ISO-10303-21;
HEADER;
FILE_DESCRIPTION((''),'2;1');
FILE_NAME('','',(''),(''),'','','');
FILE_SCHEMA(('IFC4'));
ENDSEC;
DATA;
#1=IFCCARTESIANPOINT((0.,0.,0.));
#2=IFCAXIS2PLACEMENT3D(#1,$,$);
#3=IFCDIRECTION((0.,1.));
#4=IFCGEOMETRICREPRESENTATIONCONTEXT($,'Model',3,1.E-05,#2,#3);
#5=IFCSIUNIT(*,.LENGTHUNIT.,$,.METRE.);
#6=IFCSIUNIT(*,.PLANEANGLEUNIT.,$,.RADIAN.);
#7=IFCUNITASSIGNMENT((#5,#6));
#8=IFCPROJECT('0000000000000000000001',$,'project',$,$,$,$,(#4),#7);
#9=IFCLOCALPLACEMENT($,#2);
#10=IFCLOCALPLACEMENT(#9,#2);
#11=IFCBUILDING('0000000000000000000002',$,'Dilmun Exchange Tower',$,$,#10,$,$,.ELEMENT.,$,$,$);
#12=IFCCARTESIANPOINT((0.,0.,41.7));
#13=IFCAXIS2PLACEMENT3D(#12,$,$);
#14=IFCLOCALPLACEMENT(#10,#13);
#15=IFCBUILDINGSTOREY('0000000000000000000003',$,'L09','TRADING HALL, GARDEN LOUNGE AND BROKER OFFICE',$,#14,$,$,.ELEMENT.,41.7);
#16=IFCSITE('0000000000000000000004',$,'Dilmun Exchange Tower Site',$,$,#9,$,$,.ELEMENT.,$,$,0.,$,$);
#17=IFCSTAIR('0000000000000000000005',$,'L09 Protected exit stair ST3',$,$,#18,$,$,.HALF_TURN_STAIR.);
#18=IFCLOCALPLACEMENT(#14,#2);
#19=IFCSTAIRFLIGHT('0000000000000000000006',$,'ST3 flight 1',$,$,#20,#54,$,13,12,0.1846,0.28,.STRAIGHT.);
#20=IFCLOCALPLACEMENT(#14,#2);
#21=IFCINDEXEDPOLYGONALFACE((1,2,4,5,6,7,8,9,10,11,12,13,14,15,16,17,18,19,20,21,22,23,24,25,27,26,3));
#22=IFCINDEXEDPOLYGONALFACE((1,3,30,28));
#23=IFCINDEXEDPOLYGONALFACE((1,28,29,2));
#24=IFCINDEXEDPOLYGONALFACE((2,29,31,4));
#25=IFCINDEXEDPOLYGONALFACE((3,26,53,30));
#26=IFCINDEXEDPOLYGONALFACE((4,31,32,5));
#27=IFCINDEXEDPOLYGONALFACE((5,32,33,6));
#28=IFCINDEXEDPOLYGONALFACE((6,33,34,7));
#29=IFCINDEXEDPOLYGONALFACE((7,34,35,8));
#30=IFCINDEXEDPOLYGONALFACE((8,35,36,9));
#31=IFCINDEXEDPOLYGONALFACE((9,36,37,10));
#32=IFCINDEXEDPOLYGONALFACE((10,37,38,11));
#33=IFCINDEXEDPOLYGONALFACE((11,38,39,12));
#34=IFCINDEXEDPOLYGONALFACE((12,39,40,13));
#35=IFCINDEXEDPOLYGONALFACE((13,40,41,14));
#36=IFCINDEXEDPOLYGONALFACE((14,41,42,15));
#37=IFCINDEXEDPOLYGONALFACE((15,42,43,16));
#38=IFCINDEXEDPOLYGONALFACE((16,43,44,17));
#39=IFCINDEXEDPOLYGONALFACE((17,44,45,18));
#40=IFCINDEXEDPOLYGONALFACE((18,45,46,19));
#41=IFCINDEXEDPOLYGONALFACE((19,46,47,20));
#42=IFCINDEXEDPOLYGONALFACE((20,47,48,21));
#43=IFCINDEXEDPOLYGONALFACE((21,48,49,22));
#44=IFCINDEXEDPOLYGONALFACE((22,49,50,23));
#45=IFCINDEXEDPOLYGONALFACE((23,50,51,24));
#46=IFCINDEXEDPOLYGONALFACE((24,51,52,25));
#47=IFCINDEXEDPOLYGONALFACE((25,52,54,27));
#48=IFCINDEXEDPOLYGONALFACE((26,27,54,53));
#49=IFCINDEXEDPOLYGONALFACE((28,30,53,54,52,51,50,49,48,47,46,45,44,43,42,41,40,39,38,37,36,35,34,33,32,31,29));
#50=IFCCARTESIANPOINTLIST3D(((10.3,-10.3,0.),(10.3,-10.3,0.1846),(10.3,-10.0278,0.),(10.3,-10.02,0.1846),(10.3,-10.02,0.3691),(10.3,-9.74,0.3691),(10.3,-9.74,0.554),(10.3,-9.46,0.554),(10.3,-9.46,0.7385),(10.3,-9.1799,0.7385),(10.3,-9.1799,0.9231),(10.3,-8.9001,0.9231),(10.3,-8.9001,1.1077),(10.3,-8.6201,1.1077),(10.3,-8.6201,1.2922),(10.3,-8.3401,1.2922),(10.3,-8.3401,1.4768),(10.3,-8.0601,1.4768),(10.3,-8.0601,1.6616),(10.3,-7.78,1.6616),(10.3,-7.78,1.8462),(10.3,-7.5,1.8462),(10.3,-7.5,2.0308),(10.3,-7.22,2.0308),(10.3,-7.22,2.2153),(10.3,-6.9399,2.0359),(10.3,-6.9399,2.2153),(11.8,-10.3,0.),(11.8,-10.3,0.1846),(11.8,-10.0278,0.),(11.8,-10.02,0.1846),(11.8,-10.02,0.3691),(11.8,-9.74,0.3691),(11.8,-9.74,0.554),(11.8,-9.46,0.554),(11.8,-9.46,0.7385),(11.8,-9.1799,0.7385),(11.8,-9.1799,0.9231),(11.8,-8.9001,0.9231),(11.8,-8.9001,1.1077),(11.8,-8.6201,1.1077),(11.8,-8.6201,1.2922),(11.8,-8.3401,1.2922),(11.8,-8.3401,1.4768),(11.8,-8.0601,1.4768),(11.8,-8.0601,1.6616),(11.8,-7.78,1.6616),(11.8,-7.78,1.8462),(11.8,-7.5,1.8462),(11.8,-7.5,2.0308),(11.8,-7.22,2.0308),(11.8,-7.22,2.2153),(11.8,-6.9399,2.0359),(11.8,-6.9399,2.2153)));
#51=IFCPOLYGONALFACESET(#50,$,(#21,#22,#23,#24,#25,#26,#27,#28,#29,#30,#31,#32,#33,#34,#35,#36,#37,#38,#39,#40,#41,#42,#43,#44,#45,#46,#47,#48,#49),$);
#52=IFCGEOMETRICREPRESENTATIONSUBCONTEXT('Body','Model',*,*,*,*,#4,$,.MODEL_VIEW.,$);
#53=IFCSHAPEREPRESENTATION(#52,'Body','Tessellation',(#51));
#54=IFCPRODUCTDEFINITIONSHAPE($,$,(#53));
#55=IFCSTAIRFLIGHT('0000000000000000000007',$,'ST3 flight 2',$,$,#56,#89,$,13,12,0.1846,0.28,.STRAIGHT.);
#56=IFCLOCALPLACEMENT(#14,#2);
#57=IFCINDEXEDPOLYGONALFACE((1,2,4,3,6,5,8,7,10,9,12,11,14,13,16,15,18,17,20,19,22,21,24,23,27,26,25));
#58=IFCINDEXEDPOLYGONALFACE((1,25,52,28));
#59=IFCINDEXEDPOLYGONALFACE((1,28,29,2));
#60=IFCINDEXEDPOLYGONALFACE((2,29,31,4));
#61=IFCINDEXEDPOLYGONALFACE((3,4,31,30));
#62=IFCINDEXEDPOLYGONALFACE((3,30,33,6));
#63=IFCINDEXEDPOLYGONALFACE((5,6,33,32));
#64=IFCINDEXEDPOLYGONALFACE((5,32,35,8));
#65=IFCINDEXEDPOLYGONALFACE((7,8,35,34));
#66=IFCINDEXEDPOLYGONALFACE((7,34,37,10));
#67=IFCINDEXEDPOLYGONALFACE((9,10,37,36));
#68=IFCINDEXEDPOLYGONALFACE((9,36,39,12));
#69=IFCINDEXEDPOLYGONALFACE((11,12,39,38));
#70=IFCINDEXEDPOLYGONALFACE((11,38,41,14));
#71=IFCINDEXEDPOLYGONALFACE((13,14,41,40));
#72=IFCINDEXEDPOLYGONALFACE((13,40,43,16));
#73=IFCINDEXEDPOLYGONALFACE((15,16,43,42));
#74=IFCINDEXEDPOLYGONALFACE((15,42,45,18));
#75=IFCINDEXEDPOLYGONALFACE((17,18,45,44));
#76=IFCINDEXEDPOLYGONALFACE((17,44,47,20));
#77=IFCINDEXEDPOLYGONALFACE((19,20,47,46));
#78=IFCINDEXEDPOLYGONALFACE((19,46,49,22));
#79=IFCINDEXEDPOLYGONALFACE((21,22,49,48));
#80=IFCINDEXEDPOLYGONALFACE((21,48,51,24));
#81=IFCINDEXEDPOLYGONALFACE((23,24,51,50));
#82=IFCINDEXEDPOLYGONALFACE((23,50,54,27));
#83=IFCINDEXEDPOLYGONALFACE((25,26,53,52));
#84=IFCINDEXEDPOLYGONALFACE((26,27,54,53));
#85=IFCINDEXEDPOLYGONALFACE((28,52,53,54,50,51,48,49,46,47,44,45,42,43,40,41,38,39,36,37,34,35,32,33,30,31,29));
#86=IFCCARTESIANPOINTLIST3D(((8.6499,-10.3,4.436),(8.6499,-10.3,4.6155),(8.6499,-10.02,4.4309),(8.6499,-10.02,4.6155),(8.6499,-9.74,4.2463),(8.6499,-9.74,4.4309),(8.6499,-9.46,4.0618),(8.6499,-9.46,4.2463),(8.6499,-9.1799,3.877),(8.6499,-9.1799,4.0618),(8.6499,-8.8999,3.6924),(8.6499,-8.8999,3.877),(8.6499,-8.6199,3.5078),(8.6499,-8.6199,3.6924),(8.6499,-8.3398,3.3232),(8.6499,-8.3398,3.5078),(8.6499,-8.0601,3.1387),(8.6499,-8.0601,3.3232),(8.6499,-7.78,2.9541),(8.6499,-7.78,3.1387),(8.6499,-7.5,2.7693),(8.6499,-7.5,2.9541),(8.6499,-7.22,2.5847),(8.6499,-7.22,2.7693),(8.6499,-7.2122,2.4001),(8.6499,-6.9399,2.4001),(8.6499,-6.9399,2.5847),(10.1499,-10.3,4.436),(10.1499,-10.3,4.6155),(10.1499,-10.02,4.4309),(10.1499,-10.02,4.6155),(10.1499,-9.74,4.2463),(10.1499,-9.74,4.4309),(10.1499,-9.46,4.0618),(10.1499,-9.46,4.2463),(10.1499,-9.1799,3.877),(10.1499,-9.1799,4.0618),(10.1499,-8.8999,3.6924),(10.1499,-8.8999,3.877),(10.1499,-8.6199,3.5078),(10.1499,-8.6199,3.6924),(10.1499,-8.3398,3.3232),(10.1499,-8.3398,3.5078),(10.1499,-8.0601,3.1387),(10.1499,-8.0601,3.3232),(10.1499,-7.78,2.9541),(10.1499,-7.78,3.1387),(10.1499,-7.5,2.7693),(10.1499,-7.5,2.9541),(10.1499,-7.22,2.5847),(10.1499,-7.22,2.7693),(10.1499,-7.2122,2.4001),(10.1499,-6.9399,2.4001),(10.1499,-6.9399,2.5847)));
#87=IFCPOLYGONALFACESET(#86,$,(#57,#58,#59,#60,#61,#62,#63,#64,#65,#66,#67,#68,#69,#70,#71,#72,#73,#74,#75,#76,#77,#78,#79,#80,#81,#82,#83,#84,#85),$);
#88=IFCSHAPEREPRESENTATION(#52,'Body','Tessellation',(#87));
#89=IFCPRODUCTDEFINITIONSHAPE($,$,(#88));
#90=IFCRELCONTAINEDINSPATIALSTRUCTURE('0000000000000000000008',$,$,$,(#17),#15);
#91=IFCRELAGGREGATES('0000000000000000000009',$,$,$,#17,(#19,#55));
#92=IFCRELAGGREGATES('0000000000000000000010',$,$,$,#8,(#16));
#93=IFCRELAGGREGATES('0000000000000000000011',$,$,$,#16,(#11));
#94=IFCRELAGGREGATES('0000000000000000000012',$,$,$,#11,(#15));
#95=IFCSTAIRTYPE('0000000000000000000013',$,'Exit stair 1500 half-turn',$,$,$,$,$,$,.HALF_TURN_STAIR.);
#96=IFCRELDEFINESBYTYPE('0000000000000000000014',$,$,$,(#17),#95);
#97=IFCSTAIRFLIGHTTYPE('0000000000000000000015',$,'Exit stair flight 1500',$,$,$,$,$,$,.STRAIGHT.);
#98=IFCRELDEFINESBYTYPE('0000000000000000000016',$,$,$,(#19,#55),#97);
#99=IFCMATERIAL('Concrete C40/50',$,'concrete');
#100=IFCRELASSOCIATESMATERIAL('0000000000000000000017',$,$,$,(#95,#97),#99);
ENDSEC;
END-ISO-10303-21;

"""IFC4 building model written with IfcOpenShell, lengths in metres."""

from ifc_helpers import new_model, si_unit, direction, frame, origin, place, context, subcontext, project, spatial, polyline, outline, extrude, material, type_object, element, aggregate, save


model = new_model("IFC4")

# Units and contexts
model_context = context("Model", 3, precision=1e-05, world=origin(), true_north=direction((0.0, 1.0)))
body_context = subcontext(model_context, "Body", "Model", "MODEL_VIEW")
ifc_project = project(units=[si_unit("LENGTHUNIT", "METRE"), si_unit("PLANEANGLEUNIT", "RADIAN")], contexts=[model_context])

# Site, building, storey
site_placement = place(None, origin())
site = spatial("IfcSite", under=ifc_project, at=site_placement, Name="Dilmun Exchange Tower Site", CompositionType="ELEMENT", RefElevation=0.0)
building_placement = place(site_placement, origin())
building = spatial("IfcBuilding", under=site, at=building_placement, Name="Dilmun Exchange Tower", CompositionType="ELEMENT")
storey_placement = place(building_placement, frame((0.0, 0.0, 41.7)))
storey = spatial("IfcBuildingStorey", under=building, at=storey_placement, Name="L09", Description="TRADING HALL, GARDEN LOUNGE AND BROKER OFFICE", CompositionType="ELEMENT", Elevation=41.7)

# Shared definitions
ifc_material_1 = material(Name="Concrete C40/50", Category="concrete")

# Stair, stair flights
stair_type = type_object("IfcStairType", Name="Exit stair 1500 half-turn", PredefinedType="HALF_TURN_STAIR", material=ifc_material_1)
stair_placement = place(storey_placement, origin())
stair = element("IfcStair", 1, at=stair_placement, inside=storey, type_object=stair_type, Name="L09 Protected exit stair ST3", PredefinedType="HALF_TURN_STAIR")
stair_flight_type = type_object("IfcStairFlightType", Name="Exit stair flight 1500", PredefinedType="STRAIGHT", material=ifc_material_1)
stair_flight_1_placement = place(storey_placement, frame((11.05, -10.3, 0.0), z_axis=(0.0, 0.0, 1.0), x_axis=(0.0, 1.0, 0.0)))
stair_flight_1 = element("IfcStairFlight", 2, at=stair_flight_1_placement, type_object=stair_flight_type, Name="ST3 flight 1", NumberOfRisers=13, NumberOfTreads=12, PredefinedType="STRAIGHT", RiserHeight=0.1846, TreadLength=0.28, context=body_context, shape_type="SweptSolid", body=[
    extrude(outline(polyline([(0.0, 0.0), (0.0, 0.1846), (0.28, 0.1846), (0.28, 0.3691), (0.5601, 0.3691), (0.5601, 0.554), (0.8401, 0.554), (0.8401, 0.7385), (1.1201, 0.7385), (1.1201, 0.9231), (1.3999, 0.9231), (1.3999, 1.1077), (1.6799, 1.1077), (1.6799, 1.2922), (1.96, 1.2922), (1.96, 1.4768), (2.24, 1.4768), (2.24, 1.6616), (2.52, 1.6616), (2.52, 1.8462), (2.8, 1.8462), (2.8, 2.0308), (3.0801, 2.0308), (3.0801, 2.2153), (3.3601, 2.2153), (3.3601, 2.3999), (3.3601, 2.0359), (0.2722, 0.0), (0.0, 0.0)])), frame((0.0, 0.75, 0.0), z_axis=(0.0, -1.0, 0.0), x_axis=(1.0, 0.0, 0.0)), (0.0, 0.0, 1.0), 1.5),
])
stair_flight_2_placement = place(storey_placement, frame((9.3999, -6.9399, 2.4001), z_axis=(0.0, 0.0, 1.0), x_axis=(0.0, -1.0, 0.0)))
stair_flight_2 = element("IfcStairFlight", 3, at=stair_flight_2_placement, type_object=stair_flight_type, Name="ST3 flight 2", NumberOfRisers=13, NumberOfTreads=12, PredefinedType="STRAIGHT", RiserHeight=0.1846, TreadLength=0.28, context=body_context, shape_type="SweptSolid", body=[
    extrude(outline(polyline([(0.0, 0.0), (0.0, 0.1846), (0.28, 0.1846), (0.28, 0.3691), (0.5601, 0.3691), (0.5601, 0.554), (0.8401, 0.554), (0.8401, 0.7385), (1.1201, 0.7385), (1.1201, 0.9231), (1.3999, 0.9231), (1.3999, 1.1077), (1.6799, 1.1077), (1.6799, 1.2922), (1.96, 1.2922), (1.96, 1.4768), (2.24, 1.4768), (2.24, 1.6616), (2.52, 1.6616), (2.52, 1.8462), (2.8, 1.8462), (2.8, 2.0308), (3.0801, 2.0308), (3.0801, 2.2153), (3.3601, 2.2153), (3.3601, 2.3999), (3.3601, 2.0359), (0.2722, 0.0), (0.0, 0.0)])), frame((0.0, 0.75, 0.0), z_axis=(0.0, -1.0, 0.0), x_axis=(1.0, 0.0, 0.0)), (0.0, 0.0, 1.0), 1.5),
])
aggregate(stair, [stair_flight_1, stair_flight_2])

save(model, "model.ifc")
